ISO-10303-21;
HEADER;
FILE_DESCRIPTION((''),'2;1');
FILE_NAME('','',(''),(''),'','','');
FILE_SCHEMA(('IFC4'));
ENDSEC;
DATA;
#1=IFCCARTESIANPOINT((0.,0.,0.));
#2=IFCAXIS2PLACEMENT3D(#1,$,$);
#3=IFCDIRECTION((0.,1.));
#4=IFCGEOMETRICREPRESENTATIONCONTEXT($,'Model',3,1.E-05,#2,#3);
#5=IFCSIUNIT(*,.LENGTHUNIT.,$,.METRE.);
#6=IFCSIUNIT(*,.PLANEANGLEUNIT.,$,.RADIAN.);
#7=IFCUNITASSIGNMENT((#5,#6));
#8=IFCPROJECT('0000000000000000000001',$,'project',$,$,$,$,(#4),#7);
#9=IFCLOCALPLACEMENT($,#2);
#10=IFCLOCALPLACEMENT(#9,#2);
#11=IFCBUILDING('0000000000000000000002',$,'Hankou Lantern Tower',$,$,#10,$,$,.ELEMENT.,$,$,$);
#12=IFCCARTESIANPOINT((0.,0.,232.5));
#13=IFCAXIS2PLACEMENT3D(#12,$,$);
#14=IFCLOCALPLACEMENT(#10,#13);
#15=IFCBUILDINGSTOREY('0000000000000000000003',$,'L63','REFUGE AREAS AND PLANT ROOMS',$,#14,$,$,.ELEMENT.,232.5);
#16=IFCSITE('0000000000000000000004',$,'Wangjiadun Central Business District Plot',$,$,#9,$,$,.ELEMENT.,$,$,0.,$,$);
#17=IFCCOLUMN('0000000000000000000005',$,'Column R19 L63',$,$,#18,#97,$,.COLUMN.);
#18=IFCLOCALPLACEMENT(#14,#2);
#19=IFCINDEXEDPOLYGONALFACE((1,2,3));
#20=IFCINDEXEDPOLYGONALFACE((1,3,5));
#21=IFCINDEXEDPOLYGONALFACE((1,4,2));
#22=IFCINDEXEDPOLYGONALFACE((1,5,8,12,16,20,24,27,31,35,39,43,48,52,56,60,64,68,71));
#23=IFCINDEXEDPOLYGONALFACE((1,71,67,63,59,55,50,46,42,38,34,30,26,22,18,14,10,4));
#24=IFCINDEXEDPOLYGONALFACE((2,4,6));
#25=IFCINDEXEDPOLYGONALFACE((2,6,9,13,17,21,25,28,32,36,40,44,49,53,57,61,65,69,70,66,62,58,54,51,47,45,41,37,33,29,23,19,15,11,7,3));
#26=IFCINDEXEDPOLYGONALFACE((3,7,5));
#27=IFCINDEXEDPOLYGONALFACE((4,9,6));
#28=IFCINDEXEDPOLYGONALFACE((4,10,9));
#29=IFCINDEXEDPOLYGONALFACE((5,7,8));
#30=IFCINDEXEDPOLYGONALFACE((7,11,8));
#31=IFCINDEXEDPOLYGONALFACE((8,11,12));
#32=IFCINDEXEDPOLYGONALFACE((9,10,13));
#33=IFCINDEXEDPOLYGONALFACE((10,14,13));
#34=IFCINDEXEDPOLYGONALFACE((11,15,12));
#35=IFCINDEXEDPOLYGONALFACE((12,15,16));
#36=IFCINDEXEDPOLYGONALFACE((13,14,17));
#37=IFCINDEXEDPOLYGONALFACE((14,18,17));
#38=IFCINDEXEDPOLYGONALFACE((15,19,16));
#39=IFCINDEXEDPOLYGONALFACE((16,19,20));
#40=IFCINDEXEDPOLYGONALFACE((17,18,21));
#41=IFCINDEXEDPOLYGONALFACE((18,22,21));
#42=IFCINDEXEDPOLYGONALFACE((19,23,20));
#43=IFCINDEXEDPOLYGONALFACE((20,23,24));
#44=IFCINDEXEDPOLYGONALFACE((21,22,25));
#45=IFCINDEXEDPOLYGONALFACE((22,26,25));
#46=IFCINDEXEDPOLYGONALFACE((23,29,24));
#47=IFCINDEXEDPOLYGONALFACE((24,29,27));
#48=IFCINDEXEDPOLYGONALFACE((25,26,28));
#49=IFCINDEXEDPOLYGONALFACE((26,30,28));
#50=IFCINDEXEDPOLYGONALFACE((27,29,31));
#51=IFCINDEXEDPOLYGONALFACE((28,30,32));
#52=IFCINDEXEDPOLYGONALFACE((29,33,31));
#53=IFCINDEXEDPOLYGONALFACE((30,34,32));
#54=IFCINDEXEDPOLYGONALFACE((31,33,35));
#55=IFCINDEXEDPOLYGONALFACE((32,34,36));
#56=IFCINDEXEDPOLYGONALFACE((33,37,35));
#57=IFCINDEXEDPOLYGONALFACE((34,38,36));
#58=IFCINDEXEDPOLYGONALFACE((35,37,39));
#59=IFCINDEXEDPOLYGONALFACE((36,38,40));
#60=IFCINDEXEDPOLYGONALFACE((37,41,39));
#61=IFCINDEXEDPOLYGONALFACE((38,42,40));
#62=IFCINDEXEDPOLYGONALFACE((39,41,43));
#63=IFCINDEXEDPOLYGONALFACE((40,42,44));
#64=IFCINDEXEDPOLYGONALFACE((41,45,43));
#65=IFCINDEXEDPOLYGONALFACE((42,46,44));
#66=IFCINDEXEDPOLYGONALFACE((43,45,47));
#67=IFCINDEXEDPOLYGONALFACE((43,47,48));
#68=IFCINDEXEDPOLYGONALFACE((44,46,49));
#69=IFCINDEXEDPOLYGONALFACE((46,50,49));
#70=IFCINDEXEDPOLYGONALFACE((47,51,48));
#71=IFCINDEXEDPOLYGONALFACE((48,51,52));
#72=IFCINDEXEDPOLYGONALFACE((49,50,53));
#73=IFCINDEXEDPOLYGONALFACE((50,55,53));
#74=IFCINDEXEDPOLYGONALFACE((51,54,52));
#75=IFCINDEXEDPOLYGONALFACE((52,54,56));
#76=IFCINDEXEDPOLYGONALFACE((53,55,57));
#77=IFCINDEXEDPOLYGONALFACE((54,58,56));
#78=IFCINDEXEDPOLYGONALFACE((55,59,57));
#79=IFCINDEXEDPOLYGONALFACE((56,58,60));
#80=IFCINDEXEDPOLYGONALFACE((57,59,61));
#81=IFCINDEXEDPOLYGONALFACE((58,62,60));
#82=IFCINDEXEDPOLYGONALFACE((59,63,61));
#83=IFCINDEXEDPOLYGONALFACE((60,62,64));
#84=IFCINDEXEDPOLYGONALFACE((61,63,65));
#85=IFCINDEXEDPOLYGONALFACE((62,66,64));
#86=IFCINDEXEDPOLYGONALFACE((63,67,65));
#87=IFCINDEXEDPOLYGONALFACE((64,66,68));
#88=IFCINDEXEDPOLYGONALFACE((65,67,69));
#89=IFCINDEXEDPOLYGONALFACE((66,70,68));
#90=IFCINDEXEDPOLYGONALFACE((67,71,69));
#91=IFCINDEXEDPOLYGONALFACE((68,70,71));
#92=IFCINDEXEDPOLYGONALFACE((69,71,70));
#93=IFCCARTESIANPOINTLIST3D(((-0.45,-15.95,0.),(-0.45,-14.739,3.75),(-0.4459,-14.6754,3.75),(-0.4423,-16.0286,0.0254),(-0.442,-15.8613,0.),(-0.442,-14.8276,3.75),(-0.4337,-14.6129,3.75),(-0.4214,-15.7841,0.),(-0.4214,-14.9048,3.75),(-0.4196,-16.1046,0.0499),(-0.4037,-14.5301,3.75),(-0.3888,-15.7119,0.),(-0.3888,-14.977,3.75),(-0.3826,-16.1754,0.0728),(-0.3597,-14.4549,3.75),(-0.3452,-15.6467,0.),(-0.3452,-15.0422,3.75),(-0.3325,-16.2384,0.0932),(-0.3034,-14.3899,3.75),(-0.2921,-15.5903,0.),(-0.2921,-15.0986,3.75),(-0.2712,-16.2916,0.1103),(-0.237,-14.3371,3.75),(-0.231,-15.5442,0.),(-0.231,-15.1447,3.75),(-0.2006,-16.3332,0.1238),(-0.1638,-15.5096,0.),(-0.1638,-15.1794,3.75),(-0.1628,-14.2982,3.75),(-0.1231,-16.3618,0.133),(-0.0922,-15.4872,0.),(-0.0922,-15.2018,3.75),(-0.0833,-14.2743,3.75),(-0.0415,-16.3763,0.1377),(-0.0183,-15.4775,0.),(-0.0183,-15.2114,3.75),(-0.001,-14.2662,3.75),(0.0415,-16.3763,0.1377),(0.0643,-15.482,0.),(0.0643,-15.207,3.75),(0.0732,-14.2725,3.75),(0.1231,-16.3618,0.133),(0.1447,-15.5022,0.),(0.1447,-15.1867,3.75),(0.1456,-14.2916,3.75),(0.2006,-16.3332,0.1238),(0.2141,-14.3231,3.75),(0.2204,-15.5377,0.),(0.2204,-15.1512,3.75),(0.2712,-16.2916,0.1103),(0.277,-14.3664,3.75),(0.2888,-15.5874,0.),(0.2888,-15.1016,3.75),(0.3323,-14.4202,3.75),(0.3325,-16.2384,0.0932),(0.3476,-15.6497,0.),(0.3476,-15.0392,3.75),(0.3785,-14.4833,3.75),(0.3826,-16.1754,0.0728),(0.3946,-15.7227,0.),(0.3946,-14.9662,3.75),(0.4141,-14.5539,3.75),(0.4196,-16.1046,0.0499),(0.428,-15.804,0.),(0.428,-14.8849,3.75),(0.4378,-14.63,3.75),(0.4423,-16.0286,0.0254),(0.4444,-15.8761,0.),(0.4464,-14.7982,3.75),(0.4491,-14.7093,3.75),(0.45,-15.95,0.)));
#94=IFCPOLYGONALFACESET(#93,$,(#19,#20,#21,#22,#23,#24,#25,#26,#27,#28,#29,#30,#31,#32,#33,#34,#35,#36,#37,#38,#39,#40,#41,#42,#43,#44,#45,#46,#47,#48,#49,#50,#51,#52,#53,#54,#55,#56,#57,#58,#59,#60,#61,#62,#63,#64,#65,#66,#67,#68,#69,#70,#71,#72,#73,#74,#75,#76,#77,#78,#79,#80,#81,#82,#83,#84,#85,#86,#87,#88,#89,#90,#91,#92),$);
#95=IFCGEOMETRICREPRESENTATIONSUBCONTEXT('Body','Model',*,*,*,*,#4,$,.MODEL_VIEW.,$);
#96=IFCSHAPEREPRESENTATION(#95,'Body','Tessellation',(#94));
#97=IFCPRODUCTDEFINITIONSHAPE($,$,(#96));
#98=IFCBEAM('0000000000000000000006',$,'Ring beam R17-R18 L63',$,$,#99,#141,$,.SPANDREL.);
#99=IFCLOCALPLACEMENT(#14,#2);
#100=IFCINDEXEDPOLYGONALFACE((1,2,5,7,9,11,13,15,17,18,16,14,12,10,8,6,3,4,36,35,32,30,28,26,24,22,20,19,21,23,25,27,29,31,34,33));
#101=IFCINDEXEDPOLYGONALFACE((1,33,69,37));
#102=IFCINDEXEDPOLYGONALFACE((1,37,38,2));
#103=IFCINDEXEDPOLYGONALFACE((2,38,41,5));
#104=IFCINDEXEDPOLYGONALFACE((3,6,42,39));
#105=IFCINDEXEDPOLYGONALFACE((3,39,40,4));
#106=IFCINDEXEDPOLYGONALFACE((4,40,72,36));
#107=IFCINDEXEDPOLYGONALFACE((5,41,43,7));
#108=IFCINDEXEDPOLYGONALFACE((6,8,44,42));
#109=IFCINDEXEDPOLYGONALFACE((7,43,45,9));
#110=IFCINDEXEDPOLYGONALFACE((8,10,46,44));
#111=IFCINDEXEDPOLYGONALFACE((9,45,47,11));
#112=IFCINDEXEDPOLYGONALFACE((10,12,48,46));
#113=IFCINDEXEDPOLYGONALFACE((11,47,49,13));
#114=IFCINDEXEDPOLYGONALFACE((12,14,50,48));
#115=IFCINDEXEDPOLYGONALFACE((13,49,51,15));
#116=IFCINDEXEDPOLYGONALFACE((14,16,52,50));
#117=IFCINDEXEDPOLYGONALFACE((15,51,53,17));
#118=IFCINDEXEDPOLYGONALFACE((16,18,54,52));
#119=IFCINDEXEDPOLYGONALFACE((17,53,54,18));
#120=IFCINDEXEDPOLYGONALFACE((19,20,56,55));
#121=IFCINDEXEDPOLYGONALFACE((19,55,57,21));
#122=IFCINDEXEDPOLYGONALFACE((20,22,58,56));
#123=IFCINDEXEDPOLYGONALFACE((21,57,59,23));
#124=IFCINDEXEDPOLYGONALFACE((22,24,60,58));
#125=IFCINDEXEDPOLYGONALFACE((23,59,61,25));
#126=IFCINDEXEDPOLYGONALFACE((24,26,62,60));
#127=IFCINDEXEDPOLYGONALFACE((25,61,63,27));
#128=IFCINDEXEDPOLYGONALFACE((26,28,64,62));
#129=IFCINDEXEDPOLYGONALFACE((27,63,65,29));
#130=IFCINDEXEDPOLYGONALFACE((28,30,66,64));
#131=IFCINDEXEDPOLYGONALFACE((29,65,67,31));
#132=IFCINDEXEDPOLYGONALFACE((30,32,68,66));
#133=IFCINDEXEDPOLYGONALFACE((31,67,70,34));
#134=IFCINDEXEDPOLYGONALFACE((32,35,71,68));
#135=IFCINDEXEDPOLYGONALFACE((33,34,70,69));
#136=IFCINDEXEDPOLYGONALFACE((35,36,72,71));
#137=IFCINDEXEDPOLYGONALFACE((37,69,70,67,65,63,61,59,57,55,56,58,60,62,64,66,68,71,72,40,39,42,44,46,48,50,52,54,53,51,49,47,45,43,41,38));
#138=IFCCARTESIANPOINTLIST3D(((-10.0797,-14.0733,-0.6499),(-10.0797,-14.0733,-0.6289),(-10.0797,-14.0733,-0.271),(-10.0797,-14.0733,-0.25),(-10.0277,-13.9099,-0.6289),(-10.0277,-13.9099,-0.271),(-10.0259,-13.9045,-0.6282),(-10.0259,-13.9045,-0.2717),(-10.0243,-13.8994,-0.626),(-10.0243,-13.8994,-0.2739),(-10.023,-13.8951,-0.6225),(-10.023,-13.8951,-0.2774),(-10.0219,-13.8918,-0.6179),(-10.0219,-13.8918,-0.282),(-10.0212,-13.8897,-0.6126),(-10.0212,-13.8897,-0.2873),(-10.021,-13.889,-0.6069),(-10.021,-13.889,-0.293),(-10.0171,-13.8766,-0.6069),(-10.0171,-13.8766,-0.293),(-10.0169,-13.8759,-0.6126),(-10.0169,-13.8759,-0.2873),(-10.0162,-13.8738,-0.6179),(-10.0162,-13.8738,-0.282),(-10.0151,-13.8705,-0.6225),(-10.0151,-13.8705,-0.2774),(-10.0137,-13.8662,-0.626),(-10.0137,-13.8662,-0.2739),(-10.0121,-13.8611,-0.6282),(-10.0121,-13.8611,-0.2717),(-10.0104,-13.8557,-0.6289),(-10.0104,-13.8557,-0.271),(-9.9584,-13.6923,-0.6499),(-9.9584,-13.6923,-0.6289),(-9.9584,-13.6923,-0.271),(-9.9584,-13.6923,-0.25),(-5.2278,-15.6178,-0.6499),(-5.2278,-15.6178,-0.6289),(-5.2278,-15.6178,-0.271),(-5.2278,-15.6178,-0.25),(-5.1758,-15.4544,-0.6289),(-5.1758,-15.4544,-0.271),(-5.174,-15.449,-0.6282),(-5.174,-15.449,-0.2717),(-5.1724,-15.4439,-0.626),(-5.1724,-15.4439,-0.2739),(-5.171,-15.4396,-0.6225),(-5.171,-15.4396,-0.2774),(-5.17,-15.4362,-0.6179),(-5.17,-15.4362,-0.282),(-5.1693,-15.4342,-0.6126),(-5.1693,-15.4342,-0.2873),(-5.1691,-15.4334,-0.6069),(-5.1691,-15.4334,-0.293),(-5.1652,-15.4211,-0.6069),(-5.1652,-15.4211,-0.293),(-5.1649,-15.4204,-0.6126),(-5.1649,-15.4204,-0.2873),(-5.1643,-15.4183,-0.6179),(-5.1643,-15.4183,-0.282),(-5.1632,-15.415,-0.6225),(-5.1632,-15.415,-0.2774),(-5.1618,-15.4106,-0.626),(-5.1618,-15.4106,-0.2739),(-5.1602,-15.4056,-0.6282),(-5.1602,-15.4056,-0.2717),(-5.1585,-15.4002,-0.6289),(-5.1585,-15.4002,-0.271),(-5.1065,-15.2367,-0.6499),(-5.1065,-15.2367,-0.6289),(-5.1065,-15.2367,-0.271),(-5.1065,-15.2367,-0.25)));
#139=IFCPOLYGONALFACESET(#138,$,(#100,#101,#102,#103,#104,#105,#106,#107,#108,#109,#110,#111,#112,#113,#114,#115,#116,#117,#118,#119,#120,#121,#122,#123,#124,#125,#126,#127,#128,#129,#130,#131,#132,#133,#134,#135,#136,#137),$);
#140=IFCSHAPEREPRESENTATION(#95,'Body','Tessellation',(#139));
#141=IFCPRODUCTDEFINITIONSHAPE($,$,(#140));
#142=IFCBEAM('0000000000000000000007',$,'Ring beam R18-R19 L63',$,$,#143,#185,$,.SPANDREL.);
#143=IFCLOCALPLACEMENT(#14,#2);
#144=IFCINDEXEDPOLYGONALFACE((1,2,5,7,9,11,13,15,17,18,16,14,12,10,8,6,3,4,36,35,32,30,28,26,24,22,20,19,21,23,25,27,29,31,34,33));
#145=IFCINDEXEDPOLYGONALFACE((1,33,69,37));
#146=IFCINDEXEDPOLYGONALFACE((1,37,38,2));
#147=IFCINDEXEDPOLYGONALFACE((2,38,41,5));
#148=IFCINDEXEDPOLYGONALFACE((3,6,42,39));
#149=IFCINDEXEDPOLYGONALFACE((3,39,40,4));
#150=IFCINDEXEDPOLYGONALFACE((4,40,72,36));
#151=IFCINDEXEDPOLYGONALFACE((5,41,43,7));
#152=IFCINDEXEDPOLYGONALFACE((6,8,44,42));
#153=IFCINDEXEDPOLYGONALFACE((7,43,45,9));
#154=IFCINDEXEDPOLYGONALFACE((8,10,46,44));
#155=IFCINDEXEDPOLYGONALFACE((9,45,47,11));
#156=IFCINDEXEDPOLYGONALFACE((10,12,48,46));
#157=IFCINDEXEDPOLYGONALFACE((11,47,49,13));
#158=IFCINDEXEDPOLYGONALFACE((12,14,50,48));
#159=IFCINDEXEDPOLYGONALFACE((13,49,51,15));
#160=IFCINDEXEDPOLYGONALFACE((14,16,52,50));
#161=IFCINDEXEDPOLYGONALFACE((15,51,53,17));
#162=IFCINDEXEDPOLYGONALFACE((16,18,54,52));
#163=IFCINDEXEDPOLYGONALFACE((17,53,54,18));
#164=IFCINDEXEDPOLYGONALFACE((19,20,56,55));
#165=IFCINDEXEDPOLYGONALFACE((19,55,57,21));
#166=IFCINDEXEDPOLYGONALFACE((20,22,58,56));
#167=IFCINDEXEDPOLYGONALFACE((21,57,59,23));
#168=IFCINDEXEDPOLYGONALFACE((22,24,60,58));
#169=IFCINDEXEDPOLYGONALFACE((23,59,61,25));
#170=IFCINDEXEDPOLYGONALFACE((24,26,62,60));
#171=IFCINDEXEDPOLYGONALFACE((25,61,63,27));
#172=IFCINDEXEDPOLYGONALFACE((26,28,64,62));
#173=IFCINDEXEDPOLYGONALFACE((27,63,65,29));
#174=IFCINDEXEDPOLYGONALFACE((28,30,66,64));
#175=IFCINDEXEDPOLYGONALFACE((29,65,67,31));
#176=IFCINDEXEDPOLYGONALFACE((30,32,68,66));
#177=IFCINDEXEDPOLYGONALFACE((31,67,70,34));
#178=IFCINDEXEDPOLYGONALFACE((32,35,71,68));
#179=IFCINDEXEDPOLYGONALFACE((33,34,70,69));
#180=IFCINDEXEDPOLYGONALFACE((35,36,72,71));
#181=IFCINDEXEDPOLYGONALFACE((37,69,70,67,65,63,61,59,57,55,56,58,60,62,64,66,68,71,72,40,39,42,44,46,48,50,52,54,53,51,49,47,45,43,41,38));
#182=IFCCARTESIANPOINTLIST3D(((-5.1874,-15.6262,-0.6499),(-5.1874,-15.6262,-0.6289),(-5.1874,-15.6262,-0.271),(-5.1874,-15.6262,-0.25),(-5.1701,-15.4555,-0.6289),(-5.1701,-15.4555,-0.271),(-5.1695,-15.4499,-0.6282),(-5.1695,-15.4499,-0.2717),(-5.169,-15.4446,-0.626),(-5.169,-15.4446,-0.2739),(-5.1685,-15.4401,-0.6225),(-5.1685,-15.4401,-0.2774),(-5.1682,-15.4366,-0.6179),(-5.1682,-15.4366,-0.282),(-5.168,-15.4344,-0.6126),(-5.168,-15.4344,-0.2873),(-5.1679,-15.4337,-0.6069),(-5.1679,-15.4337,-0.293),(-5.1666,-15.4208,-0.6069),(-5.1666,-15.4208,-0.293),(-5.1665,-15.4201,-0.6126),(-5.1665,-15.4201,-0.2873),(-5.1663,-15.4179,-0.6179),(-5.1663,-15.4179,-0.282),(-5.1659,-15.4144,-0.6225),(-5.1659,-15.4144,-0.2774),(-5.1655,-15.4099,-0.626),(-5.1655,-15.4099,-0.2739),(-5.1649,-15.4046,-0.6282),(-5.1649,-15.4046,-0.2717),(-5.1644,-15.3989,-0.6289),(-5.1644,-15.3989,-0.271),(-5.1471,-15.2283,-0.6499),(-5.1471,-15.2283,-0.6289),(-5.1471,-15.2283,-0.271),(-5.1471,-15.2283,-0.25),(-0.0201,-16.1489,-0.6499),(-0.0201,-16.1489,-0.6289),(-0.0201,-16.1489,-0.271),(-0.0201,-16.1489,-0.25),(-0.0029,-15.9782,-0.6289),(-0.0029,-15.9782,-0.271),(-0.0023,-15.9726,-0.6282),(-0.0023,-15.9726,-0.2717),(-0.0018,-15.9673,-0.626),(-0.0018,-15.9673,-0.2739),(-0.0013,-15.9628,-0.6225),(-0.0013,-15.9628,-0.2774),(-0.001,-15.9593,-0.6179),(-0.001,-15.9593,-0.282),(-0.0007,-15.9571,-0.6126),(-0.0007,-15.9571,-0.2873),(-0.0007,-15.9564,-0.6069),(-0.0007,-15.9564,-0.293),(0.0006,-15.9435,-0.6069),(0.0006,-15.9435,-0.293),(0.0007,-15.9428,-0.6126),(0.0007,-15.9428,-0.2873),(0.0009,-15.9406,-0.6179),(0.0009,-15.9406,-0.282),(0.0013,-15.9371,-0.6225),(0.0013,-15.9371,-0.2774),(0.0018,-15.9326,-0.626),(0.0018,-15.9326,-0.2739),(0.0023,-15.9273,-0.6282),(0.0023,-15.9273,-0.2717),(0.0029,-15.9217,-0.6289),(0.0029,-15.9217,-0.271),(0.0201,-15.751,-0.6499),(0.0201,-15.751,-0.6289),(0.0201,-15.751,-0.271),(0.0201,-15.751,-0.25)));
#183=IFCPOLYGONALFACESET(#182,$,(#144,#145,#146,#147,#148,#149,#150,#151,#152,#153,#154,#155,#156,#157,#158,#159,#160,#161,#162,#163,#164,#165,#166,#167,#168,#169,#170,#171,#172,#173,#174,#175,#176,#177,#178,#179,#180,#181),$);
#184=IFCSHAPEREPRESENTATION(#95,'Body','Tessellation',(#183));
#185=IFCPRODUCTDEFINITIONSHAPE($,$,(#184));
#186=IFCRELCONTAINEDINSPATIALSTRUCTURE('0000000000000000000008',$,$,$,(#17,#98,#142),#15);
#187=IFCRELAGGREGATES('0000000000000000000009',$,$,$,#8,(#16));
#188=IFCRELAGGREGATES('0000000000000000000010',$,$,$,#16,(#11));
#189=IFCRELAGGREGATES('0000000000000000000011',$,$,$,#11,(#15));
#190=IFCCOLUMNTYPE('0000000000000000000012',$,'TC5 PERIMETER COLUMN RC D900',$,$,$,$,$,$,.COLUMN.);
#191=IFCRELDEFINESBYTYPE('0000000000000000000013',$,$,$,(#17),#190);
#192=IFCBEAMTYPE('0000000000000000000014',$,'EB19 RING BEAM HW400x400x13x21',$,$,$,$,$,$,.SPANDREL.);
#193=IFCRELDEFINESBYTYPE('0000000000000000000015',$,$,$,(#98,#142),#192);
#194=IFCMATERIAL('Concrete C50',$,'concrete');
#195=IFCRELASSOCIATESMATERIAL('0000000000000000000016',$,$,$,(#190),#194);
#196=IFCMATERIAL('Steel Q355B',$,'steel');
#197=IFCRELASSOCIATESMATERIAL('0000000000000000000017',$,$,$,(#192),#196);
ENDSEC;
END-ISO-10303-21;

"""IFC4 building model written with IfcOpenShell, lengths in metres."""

from ifc_helpers import new_model, si_unit, direction, frame, origin, origin_2d, place, context, subcontext, project, spatial, circle, i_section, extrude, clip, halfspace, material, material_profile, profile_set, type_object, element, save


model = new_model("IFC4")

# Units and contexts
model_context = context("Model", 3, precision=1e-05, world=origin(), true_north=direction((0.0, 1.0)))
body_context = subcontext(model_context, "Body", "Model", "MODEL_VIEW")
ifc_project = project(units=[si_unit("LENGTHUNIT", "METRE"), si_unit("PLANEANGLEUNIT", "RADIAN")], contexts=[model_context])

# Site, building, storey
site_placement = place(None, origin())
site = spatial("IfcSite", under=ifc_project, at=site_placement, Name="Wangjiadun Central Business District Plot", CompositionType="ELEMENT", RefElevation=0.0)
building_placement = place(site_placement, origin())
building = spatial("IfcBuilding", under=site, at=building_placement, Name="Hankou Lantern Tower", CompositionType="ELEMENT")
storey_placement = place(building_placement, frame((0.0, 0.0, 232.5)))
storey = spatial("IfcBuildingStorey", under=building, at=storey_placement, Name="L63", Description="REFUGE AREAS AND PLANT ROOMS", CompositionType="ELEMENT", Elevation=232.5)

# Column
ifc_material_1 = material(Name="Concrete C50", Category="concrete")
ifc_material_profile_1 = material_profile(ifc_material_1, circle(Radius=0.45, at=origin_2d()), Name="RC D900")
ifc_profile_set_1 = profile_set([ifc_material_profile_1], Name="Concrete C50")
column_type = type_object("IfcColumnType", Name="TC5 PERIMETER COLUMN RC D900", PredefinedType="COLUMN", material=ifc_profile_set_1)
column_1_placement = place(storey_placement, frame((0.0, -15.95, 0.0), z_axis=(0.0, 0.307298, 0.951613), x_axis=(-1.0, 0.0, 0.0)))
element("IfcColumn", 1, at=column_1_placement, inside=storey, type_object=column_type, Name="Column R19 L63", PredefinedType="COLUMN", context=body_context, shape_type="Clipping", body=[
    clip(clip(extrude(circle(Radius=0.45, at=origin_2d()), origin(), (0.0, 0.0, 1.0), 5.0442), halfspace(frame((0.0, 0.0, 0.0), z_axis=(0.0, -0.307298, -0.951613), x_axis=(-1.0, 0.0, 0.0)), False)), halfspace(frame((0.0, 0.0, 3.9407), z_axis=(0.0, 0.307298, 0.951613), x_axis=(-1.0, 0.0, 0.0)), False)),
])

# Beams
ifc_material_2 = material(Name="Steel Q355B", Category="steel")
ifc_material_profile_2 = material_profile(ifc_material_2, i_section(OverallWidth=0.3999, OverallDepth=0.3999, WebThickness=0.0129, FlangeThickness=0.021, FilletRadius=0.022, at=origin_2d()), Name="HW400x400x13x21")
ifc_profile_set_2 = profile_set([ifc_material_profile_2], Name="Steel Q355B")
beam_type_1 = type_object("IfcBeamType", Name="EB19 RING BEAM HW400x400x13x21", PredefinedType="SPANDREL", material=ifc_profile_set_2)
beam_1_placement = place(storey_placement, frame((-10.019, -13.8828, -0.45), z_axis=(0.952887, -0.303324, 0.0), x_axis=(0.303324, 0.952887, 0.0)))
element("IfcBeam", 2, at=beam_1_placement, inside=storey, type_object=beam_type_1, Name="Ring beam R17-R18 L63", PredefinedType="SPANDREL", context=body_context, shape_type="SweptSolid", body=[
    extrude(i_section(OverallWidth=0.3999, OverallDepth=0.3999, WebThickness=0.0129, FlangeThickness=0.021, FilletRadius=0.022, at=origin_2d()), origin(), (0.0, 0.0, 1.0), 5.0918),
])
beam_2_placement = place(storey_placement, frame((-5.1672, -15.4272, -0.45), z_axis=(0.994923, -0.100644, 0.0), x_axis=(0.100644, 0.994923, 0.0)))
element("IfcBeam", 3, at=beam_2_placement, inside=storey, type_object=beam_type_1, Name="Ring beam R18-R19 L63", PredefinedType="SPANDREL", context=body_context, shape_type="SweptSolid", body=[
    extrude(i_section(OverallWidth=0.3999, OverallDepth=0.3999, WebThickness=0.0129, FlangeThickness=0.021, FilletRadius=0.022, at=origin_2d()), origin(), (0.0, 0.0, 1.0), 5.1936),
])

save(model, "model.ifc")
